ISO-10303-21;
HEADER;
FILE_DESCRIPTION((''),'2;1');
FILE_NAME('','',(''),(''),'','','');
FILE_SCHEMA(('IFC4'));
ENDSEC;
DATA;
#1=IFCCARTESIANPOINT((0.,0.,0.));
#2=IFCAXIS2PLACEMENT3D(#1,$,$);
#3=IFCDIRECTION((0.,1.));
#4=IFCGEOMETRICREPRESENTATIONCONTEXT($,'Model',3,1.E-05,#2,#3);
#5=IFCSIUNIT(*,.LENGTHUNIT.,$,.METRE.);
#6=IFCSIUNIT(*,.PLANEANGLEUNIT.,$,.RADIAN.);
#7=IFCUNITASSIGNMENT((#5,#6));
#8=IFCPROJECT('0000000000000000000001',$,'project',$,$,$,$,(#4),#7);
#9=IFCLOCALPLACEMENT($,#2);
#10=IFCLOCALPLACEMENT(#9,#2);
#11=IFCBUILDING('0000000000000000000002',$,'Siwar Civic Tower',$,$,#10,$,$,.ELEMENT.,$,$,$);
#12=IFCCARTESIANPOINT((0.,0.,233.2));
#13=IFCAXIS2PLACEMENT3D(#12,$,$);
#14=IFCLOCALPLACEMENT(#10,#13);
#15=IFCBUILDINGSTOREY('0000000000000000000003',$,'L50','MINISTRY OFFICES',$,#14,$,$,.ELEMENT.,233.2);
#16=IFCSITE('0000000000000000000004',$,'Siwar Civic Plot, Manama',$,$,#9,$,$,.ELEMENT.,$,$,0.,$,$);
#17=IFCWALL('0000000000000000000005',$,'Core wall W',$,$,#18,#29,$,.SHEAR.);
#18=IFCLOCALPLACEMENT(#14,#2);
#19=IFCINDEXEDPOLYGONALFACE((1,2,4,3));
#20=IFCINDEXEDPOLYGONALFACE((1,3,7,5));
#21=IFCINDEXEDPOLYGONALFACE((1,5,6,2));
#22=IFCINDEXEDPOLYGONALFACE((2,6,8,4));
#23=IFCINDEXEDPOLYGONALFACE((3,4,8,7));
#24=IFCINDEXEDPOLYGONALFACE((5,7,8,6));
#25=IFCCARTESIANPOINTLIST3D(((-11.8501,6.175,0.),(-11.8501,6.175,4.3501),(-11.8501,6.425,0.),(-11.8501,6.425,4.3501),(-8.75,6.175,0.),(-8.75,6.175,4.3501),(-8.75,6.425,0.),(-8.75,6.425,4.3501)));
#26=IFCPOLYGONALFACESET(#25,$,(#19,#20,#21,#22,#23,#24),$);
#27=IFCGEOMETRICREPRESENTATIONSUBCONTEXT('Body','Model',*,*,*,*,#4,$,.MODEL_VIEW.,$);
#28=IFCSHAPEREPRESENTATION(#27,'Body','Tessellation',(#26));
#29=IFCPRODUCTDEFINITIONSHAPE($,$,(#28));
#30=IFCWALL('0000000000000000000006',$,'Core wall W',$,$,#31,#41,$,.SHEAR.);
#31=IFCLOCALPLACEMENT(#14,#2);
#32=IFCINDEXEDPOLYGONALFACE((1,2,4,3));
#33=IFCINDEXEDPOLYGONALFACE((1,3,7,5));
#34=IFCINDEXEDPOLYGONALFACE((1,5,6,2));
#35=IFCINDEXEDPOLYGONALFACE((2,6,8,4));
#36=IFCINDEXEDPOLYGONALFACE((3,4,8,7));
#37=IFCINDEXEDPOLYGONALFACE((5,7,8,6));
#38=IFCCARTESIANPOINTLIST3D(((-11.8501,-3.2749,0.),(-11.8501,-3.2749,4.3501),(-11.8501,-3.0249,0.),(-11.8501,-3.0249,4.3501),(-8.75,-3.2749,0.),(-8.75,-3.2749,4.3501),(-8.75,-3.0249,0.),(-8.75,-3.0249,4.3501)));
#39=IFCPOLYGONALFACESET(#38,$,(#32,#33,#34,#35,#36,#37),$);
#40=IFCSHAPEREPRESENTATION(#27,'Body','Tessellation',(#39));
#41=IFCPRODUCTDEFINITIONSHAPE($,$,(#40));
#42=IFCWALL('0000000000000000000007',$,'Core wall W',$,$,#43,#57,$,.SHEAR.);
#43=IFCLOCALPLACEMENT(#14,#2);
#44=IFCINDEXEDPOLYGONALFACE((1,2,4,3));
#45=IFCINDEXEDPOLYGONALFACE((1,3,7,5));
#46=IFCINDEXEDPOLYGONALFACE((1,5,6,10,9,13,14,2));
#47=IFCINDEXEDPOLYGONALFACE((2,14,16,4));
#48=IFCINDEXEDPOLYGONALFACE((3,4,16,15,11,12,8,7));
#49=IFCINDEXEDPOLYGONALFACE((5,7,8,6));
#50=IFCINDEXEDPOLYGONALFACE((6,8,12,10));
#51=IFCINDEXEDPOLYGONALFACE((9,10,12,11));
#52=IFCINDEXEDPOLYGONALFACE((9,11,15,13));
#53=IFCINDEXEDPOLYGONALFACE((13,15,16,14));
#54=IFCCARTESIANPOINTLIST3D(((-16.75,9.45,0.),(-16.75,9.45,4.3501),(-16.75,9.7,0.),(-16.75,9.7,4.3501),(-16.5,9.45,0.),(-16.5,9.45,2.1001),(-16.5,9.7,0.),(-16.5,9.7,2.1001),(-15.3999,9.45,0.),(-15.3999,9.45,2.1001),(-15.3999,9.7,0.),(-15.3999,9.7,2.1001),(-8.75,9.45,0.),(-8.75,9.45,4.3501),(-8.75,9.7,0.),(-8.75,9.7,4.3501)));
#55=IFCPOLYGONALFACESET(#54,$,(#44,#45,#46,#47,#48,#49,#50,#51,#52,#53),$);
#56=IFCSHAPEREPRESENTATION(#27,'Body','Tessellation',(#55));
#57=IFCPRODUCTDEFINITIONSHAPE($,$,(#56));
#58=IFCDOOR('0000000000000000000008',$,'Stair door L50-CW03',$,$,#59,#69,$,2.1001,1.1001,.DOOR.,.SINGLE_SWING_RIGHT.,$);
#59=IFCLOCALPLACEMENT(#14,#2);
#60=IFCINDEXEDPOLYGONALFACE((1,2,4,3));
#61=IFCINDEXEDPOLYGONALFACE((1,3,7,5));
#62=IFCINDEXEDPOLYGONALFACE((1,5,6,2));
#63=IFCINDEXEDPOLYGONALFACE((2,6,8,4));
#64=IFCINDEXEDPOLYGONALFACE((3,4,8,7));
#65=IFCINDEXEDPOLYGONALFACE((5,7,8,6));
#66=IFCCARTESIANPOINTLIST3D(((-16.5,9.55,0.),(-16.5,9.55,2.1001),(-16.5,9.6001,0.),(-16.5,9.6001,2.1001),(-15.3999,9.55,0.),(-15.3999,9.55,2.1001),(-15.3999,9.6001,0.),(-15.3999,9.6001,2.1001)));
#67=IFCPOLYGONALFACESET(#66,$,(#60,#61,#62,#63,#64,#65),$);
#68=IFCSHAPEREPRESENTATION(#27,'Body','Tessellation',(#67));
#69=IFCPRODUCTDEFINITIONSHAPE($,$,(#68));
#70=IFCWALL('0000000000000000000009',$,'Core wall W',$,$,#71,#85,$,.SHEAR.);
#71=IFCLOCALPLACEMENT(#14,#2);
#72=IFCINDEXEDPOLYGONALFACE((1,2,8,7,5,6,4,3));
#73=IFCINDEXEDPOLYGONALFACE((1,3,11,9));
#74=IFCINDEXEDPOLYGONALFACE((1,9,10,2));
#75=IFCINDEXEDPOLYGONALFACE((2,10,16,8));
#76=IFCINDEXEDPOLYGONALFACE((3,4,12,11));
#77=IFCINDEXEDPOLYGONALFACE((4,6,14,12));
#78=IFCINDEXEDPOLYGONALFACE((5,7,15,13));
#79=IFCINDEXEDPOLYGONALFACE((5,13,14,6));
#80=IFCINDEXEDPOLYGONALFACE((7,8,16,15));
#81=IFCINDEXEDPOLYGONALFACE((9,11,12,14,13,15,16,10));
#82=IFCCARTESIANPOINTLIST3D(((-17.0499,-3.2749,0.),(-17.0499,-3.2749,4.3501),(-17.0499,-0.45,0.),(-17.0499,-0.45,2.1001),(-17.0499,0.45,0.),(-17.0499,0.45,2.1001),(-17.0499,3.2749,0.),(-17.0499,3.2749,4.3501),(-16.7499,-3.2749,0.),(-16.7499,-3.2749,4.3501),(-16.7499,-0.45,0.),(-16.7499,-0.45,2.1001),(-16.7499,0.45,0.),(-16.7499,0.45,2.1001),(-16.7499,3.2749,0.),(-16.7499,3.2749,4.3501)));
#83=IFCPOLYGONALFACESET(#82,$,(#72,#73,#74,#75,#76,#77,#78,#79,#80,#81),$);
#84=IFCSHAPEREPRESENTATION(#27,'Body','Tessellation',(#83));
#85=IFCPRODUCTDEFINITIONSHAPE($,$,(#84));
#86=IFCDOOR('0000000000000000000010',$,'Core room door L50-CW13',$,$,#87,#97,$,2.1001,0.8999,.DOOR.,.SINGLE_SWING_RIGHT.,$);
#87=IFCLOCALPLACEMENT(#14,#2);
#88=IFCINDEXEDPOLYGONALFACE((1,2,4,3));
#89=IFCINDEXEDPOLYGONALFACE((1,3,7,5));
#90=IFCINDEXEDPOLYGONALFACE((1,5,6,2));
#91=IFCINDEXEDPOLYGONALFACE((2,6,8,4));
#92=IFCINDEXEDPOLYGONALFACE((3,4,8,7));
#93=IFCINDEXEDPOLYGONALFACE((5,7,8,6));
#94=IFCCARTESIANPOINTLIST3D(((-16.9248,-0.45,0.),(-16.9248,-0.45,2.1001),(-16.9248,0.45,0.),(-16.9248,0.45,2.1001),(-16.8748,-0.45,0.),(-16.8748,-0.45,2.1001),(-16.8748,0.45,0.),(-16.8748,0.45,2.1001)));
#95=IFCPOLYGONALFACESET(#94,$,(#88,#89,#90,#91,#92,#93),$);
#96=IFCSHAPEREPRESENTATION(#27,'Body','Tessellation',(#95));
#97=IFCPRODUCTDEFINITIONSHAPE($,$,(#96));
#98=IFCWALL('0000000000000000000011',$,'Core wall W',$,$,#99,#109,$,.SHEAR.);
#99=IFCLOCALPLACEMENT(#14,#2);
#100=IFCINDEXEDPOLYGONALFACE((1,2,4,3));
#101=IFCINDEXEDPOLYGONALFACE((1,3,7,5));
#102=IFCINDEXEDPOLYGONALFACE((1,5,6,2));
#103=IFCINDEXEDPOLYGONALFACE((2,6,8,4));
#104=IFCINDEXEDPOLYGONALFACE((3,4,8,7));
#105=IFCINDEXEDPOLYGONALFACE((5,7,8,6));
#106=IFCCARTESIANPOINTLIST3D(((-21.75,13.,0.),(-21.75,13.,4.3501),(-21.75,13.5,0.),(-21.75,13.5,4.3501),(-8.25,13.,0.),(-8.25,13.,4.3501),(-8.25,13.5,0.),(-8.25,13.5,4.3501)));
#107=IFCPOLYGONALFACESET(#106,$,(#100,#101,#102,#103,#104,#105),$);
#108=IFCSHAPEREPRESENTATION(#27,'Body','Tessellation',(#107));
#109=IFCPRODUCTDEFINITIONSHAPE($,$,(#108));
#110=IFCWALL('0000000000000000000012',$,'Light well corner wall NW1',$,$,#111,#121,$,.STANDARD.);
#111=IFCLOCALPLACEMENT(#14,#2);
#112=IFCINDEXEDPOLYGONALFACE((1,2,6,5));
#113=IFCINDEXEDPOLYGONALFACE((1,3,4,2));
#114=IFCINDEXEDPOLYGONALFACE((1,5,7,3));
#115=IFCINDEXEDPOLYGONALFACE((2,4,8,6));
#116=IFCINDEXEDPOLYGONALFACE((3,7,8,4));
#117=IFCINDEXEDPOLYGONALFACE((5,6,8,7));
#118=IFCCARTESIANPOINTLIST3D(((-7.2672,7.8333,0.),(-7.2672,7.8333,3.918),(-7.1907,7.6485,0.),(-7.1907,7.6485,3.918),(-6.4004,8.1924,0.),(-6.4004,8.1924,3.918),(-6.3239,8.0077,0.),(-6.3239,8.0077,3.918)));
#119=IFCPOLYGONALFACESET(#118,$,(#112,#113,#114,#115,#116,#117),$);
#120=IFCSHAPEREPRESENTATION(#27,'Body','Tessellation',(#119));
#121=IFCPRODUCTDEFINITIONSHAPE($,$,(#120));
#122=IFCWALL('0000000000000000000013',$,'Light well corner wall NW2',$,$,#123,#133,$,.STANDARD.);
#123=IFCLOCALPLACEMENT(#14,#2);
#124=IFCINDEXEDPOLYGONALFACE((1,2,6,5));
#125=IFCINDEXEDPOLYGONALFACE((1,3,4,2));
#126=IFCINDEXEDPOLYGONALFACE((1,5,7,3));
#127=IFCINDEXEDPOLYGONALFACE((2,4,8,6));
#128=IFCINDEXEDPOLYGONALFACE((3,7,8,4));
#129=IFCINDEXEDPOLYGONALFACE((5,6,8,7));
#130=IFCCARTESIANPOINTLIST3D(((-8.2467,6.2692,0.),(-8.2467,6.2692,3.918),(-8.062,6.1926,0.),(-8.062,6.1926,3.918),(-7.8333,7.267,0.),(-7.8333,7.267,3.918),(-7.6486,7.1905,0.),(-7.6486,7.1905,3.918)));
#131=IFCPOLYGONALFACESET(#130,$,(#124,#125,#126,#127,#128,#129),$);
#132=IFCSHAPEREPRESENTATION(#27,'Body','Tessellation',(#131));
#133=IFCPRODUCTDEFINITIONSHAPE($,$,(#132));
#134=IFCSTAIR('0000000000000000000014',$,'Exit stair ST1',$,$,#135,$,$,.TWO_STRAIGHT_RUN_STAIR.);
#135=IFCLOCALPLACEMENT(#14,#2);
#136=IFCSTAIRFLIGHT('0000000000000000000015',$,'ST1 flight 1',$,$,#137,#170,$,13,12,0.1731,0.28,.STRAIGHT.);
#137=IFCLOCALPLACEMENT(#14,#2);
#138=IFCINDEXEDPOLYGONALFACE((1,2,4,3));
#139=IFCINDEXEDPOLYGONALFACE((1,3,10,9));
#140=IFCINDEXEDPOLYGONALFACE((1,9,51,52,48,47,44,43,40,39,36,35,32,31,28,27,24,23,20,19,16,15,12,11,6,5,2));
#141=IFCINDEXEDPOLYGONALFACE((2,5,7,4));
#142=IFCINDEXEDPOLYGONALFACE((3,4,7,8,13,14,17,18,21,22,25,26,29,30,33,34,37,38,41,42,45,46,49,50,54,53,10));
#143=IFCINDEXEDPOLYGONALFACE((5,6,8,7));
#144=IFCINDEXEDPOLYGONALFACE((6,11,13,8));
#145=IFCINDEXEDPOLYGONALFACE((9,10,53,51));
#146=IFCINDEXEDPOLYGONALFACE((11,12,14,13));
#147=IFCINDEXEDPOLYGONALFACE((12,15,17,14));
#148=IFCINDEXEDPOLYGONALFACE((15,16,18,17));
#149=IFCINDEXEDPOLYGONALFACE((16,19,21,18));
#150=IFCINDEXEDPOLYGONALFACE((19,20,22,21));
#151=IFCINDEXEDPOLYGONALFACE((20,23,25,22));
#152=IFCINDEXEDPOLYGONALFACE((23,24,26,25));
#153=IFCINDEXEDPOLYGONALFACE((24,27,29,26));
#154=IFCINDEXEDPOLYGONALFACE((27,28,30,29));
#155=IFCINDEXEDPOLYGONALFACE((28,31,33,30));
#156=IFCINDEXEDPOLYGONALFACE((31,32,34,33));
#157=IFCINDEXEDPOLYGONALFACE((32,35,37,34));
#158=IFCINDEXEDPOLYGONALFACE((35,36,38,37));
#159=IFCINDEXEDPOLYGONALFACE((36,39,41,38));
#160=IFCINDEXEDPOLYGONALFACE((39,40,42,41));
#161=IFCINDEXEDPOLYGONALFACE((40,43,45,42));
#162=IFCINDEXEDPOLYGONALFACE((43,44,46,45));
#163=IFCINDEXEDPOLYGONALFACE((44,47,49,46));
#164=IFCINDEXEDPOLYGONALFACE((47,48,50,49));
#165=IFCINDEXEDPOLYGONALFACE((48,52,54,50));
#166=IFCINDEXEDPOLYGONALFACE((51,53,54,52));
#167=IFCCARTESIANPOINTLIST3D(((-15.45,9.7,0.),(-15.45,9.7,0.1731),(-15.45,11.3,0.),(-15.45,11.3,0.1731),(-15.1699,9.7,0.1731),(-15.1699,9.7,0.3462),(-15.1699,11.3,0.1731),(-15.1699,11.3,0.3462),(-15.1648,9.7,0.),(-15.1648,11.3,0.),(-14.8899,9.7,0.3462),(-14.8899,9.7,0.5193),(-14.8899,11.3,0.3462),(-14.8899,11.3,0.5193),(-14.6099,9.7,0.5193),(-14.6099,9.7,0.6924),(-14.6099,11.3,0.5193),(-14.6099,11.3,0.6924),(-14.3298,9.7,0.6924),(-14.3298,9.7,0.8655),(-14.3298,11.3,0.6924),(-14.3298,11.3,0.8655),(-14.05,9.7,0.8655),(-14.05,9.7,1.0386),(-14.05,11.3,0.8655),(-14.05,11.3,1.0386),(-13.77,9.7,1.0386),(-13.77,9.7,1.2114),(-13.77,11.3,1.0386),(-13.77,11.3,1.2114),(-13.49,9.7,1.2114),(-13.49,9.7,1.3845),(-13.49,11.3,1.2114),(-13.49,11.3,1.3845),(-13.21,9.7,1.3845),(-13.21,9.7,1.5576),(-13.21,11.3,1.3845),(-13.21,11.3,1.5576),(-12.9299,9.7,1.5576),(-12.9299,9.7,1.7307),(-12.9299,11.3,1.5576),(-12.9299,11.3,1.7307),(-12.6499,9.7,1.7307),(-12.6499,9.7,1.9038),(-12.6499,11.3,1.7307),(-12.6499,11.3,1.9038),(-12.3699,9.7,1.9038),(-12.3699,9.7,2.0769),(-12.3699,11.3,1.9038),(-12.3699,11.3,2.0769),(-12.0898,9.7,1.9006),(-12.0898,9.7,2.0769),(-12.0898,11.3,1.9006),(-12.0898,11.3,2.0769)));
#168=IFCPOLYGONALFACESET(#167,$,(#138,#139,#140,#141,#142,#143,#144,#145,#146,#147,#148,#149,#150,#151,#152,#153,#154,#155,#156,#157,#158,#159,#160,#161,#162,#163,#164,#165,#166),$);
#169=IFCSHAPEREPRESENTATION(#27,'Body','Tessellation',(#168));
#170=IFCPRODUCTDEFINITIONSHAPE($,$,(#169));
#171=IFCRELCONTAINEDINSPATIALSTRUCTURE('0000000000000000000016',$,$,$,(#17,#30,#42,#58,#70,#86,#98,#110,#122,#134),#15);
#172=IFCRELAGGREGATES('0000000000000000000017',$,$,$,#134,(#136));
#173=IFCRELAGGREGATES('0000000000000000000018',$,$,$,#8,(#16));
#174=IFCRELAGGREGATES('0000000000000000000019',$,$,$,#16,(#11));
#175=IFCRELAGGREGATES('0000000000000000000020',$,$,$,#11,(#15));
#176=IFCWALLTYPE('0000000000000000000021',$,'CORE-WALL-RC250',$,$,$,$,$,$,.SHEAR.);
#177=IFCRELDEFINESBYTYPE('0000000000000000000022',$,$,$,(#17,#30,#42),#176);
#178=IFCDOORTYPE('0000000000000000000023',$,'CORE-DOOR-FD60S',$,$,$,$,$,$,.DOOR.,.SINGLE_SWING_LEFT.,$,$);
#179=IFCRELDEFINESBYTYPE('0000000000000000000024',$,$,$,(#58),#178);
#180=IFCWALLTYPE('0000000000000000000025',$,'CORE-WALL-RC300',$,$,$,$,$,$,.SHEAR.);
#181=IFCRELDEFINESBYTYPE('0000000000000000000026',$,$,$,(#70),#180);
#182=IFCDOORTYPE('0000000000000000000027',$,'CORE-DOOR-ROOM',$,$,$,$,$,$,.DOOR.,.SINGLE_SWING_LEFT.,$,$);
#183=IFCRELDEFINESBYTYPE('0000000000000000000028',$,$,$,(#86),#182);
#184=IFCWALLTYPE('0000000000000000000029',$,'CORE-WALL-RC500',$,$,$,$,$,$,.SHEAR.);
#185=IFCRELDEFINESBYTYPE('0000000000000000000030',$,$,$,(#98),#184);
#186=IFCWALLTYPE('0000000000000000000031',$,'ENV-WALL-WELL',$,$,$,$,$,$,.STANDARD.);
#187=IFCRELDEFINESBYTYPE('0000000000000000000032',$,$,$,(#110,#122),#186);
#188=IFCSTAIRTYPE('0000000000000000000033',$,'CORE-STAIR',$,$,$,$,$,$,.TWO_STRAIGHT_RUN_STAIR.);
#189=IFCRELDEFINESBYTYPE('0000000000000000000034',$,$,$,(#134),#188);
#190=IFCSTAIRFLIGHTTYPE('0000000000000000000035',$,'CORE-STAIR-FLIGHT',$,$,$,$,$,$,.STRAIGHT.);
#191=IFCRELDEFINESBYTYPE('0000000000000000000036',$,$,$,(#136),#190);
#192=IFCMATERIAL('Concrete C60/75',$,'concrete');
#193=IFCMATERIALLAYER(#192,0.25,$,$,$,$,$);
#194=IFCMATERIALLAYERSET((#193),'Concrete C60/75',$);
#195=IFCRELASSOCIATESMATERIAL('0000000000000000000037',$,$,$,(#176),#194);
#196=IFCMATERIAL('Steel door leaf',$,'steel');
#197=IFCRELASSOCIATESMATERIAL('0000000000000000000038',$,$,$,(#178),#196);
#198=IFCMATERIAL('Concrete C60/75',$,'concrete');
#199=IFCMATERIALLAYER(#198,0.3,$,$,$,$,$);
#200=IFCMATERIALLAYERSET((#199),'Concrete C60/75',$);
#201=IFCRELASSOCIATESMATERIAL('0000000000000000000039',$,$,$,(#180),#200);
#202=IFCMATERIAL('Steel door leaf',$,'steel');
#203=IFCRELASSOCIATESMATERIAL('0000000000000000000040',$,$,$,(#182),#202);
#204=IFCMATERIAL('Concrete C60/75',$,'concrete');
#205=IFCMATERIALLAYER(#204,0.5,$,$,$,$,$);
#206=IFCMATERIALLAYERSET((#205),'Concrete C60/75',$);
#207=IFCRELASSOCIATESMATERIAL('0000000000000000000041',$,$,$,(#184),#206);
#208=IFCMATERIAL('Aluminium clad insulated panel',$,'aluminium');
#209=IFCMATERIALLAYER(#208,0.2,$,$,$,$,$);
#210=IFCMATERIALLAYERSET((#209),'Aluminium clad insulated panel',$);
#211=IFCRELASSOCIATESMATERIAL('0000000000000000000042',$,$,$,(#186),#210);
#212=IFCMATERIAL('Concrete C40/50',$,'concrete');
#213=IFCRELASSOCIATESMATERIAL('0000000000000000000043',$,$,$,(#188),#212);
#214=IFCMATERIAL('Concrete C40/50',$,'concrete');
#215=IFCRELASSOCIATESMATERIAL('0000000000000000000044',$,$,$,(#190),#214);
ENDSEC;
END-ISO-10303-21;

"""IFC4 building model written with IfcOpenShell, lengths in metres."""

from ifc_helpers import new_model, si_unit, direction, frame, frame_2d, origin, place, context, subcontext, project, spatial, polyline, rectangle, outline, extrude, material, layer, layer_set, type_object, element, fill, aggregate, save


model = new_model("IFC4")

# Units and contexts
model_context = context("Model", 3, precision=1e-05, world=origin(), true_north=direction((0.0, 1.0)))
body_context = subcontext(model_context, "Body", "Model", "MODEL_VIEW")
ifc_project = project(units=[si_unit("LENGTHUNIT", "METRE"), si_unit("PLANEANGLEUNIT", "RADIAN")], contexts=[model_context])

# Site, building, storey
site_placement = place(None, origin())
site = spatial("IfcSite", under=ifc_project, at=site_placement, Name="Siwar Civic Plot, Manama", CompositionType="ELEMENT", RefElevation=0.0)
building_placement = place(site_placement, origin())
building = spatial("IfcBuilding", under=site, at=building_placement, Name="Siwar Civic Tower", CompositionType="ELEMENT")
storey_placement = place(building_placement, frame((0.0, 0.0, 233.2)))
storey = spatial("IfcBuildingStorey", under=building, at=storey_placement, Name="L50", Description="MINISTRY OFFICES", CompositionType="ELEMENT", Elevation=233.2)

# Shared definitions
ifc_material_1 = material(Name="Concrete C60/75", Category="concrete")
ifc_layer_1 = layer(ifc_material_1, 0.25)
ifc_layer_set_1 = layer_set([ifc_layer_1], Name="Concrete C60/75")
wall_type_1 = type_object("IfcWallType", Name="CORE-WALL-RC250", PredefinedType="SHEAR", material=ifc_layer_set_1)

# Walls
for number, where, z_axis, x_axis, name in (
    (1, (-8.75, 6.3, 0.0), (0.0, 0.0, 1.0), (-1.0, 0.0, 0.0), "Core wall W"),
    (2, (-8.75, -3.1499, 0.0), (0.0, 0.0, 1.0), (-1.0, 0.0, 0.0), "Core wall W"),
):
    element("IfcWall", number, at=place(storey_placement, frame(where, z_axis=z_axis, x_axis=x_axis)), inside=storey, type_object=wall_type_1, Name=name, PredefinedType="SHEAR", context=body_context, shape_type="SweptSolid", body=[
        extrude(rectangle(XDim=3.1001, YDim=0.25, at=frame_2d((1.55, 0.0))), origin(), (0.0, 0.0, 1.0), 4.3501),
    ])

# Walls, openings, doors
wall_1_placement = place(storey_placement, frame((-8.75, 9.575, 0.0), z_axis=(0.0, 0.0, 1.0), x_axis=(-1.0, 0.0, 0.0)))
wall_1 = element("IfcWall", 3, at=wall_1_placement, inside=storey, type_object=wall_type_1, Name="Core wall W", PredefinedType="SHEAR", context=body_context, shape_type="SweptSolid", body=[
    extrude(rectangle(XDim=8.0, YDim=0.25, at=frame_2d((4.0, 0.0))), origin(), (0.0, 0.0, 1.0), 4.3501),
])
opening_1_placement = place(wall_1_placement, frame((6.6499, 0.0, 0.0)))
opening_1 = element("IfcOpeningElement", 4, at=opening_1_placement, cuts=wall_1, PredefinedType="OPENING", context=body_context, shape_type="SweptSolid", body=[
    extrude(rectangle(XDim=1.1001, YDim=2.1001, at=frame_2d((0.55, 1.05))), frame((0.0, 0.135, 0.0), z_axis=(0.0, -1.0, 0.0), x_axis=(1.0, 0.0, 0.0)), (0.0, 0.0, 1.0), 0.27),
])
ifc_material_2 = material(Name="Steel door leaf", Category="steel")
door_type_1 = type_object("IfcDoorType", Name="CORE-DOOR-FD60S", OperationType="SINGLE_SWING_LEFT", PredefinedType="DOOR", material=ifc_material_2)
door_1_placement = place(opening_1_placement, origin())
door_1 = element("IfcDoor", 5, at=door_1_placement, inside=storey, type_object=door_type_1, Name="Stair door L50-CW03", OperationType="SINGLE_SWING_RIGHT", OverallHeight=2.1001, OverallWidth=1.1001, PredefinedType="DOOR", context=body_context, shape_type="SweptSolid", body=[
    extrude(rectangle(XDim=1.1001, YDim=2.1001, at=frame_2d((0.55, 1.05))), frame((0.0, 0.0249, 0.0), z_axis=(0.0, -1.0, 0.0), x_axis=(1.0, 0.0, 0.0)), (0.0, 0.0, 1.0), 0.05),
])
fill(opening_1, door_1)
ifc_material_3 = material(Name="Concrete C60/75", Category="concrete")
ifc_layer_2 = layer(ifc_material_3, 0.3)
ifc_layer_set_2 = layer_set([ifc_layer_2], Name="Concrete C60/75")
wall_type_2 = type_object("IfcWallType", Name="CORE-WALL-RC300", PredefinedType="SHEAR", material=ifc_layer_set_2)
wall_2_placement = place(storey_placement, frame((-16.8999, -3.2749, 0.0), z_axis=(0.0, 0.0, 1.0), x_axis=(0.0, 1.0, 0.0)))
wall_2 = element("IfcWall", 6, at=wall_2_placement, inside=storey, type_object=wall_type_2, Name="Core wall W", PredefinedType="SHEAR", context=body_context, shape_type="SweptSolid", body=[
    extrude(rectangle(XDim=6.5498, YDim=0.3, at=frame_2d((3.2749, 0.0))), origin(), (0.0, 0.0, 1.0), 4.3501),
])
opening_2_placement = place(wall_2_placement, frame((2.825, 0.0, 0.0)))
opening_2 = element("IfcOpeningElement", 7, at=opening_2_placement, cuts=wall_2, PredefinedType="OPENING", context=body_context, shape_type="SweptSolid", body=[
    extrude(rectangle(XDim=0.8999, YDim=2.1001, at=frame_2d((0.45, 1.05))), frame((0.0, 0.1602, 0.0), z_axis=(0.0, -1.0, 0.0), x_axis=(1.0, 0.0, 0.0)), (0.0, 0.0, 1.0), 0.3201),
])
ifc_material_4 = material(Name="Steel door leaf", Category="steel")
door_type_2 = type_object("IfcDoorType", Name="CORE-DOOR-ROOM", OperationType="SINGLE_SWING_LEFT", PredefinedType="DOOR", material=ifc_material_4)
door_2_placement = place(opening_2_placement, origin())
door_2 = element("IfcDoor", 8, at=door_2_placement, inside=storey, type_object=door_type_2, Name="Core room door L50-CW13", OperationType="SINGLE_SWING_RIGHT", OverallHeight=2.1001, OverallWidth=0.8999, PredefinedType="DOOR", context=body_context, shape_type="SweptSolid", body=[
    extrude(rectangle(XDim=0.8999, YDim=2.1001, at=frame_2d((0.45, 1.05))), frame((0.0, 0.0249, 0.0), z_axis=(0.0, -1.0, 0.0), x_axis=(1.0, 0.0, 0.0)), (0.0, 0.0, 1.0), 0.05),
])
fill(opening_2, door_2)

# Walls
ifc_material_5 = material(Name="Concrete C60/75", Category="concrete")
ifc_layer_3 = layer(ifc_material_5, 0.5)
ifc_layer_set_3 = layer_set([ifc_layer_3], Name="Concrete C60/75")
wall_type_3 = type_object("IfcWallType", Name="CORE-WALL-RC500", PredefinedType="SHEAR", material=ifc_layer_set_3)
wall_3_placement = place(storey_placement, frame((-8.25, 13.25, 0.0), z_axis=(0.0, 0.0, 1.0), x_axis=(-1.0, 0.0, 0.0)))
element("IfcWall", 9, at=wall_3_placement, inside=storey, type_object=wall_type_3, Name="Core wall W", PredefinedType="SHEAR", context=body_context, shape_type="SweptSolid", body=[
    extrude(rectangle(XDim=13.5, YDim=0.5, at=frame_2d((6.75, 0.0))), origin(), (0.0, 0.0, 1.0), 4.3501),
])
ifc_material_6 = material(Name="Aluminium clad insulated panel", Category="aluminium")
ifc_layer_4 = layer(ifc_material_6, 0.2)
ifc_layer_set_4 = layer_set([ifc_layer_4], Name="Aluminium clad insulated panel")
wall_type_4 = type_object("IfcWallType", Name="ENV-WALL-WELL", PredefinedType="STANDARD", material=ifc_layer_set_4)
wall_4_placement = place(storey_placement, frame((-6.3621, 8.1001, 0.0), z_axis=(0.0, 0.0, 1.0), x_axis=(-0.92383, -0.382804, 0.0)))
element("IfcWall", 10, at=wall_4_placement, inside=storey, type_object=wall_type_4, Name="Light well corner wall NW1", PredefinedType="STANDARD", context=body_context, shape_type="SweptSolid", body=[
    extrude(rectangle(XDim=0.9382, YDim=0.2, at=frame_2d((0.4692, 0.0))), origin(), (0.0, 0.0, 1.0), 3.918),
])
wall_5_placement = place(storey_placement, frame((-7.741, 7.2288, 0.0), z_axis=(0.0, 0.0, 1.0), x_axis=(-0.382704, -0.923871, 0.0)))
element("IfcWall", 11, at=wall_5_placement, inside=storey, type_object=wall_type_4, Name="Light well corner wall NW2", PredefinedType="STANDARD", context=body_context, shape_type="SweptSolid", body=[
    extrude(rectangle(XDim=1.0801, YDim=0.2, at=frame_2d((0.54, 0.0))), origin(), (0.0, 0.0, 1.0), 3.918),
])

# Stair, stair flight
ifc_material_7 = material(Name="Concrete C40/50", Category="concrete")
stair_type = type_object("IfcStairType", Name="CORE-STAIR", PredefinedType="TWO_STRAIGHT_RUN_STAIR", material=ifc_material_7)
stair_placement = place(storey_placement, origin())
stair = element("IfcStair", 12, at=stair_placement, inside=storey, type_object=stair_type, Name="Exit stair ST1", PredefinedType="TWO_STRAIGHT_RUN_STAIR")
ifc_material_8 = material(Name="Concrete C40/50", Category="concrete")
stair_flight_type = type_object("IfcStairFlightType", Name="CORE-STAIR-FLIGHT", PredefinedType="STRAIGHT", material=ifc_material_8)
stair_flight_1_placement = place(storey_placement, frame((-15.45, 10.5, 0.0), z_axis=(0.0, 0.0, 1.0), x_axis=(1.0, 0.0, 0.0)))
stair_flight_1 = element("IfcStairFlight", 13, at=stair_flight_1_placement, type_object=stair_flight_type, Name="ST1 flight 1", NumberOfRisers=13, NumberOfTreads=12, PredefinedType="STRAIGHT", RiserHeight=0.1731, TreadLength=0.28, context=body_context, shape_type="SweptSolid", body=[
    extrude(outline(polyline([(0.0, 0.0), (0.0, 0.1731), (0.28, 0.1731), (0.28, 0.3462), (0.5601, 0.3462), (0.5601, 0.5193), (0.8401, 0.5193), (0.8401, 0.6924), (1.1201, 0.6924), (1.1201, 0.8655), (1.3999, 0.8655), (1.3999, 1.0386), (1.6799, 1.0386), (1.6799, 1.2114), (1.96, 1.2114), (1.96, 1.3845), (2.24, 1.3845), (2.24, 1.5576), (2.52, 1.5576), (2.52, 1.7307), (2.8, 1.7307), (2.8, 1.9038), (3.0801, 1.9038), (3.0801, 2.0769), (3.3601, 2.0769), (3.3601, 2.25), (3.3601, 1.9006), (0.2852, 0.0), (0.0, 0.0)])), frame((0.0, 0.8, 0.0), z_axis=(0.0, -1.0, 0.0), x_axis=(1.0, 0.0, 0.0)), (0.0, 0.0, 1.0), 1.6001),
])
aggregate(stair, [stair_flight_1])

save(model, "model.ifc")
